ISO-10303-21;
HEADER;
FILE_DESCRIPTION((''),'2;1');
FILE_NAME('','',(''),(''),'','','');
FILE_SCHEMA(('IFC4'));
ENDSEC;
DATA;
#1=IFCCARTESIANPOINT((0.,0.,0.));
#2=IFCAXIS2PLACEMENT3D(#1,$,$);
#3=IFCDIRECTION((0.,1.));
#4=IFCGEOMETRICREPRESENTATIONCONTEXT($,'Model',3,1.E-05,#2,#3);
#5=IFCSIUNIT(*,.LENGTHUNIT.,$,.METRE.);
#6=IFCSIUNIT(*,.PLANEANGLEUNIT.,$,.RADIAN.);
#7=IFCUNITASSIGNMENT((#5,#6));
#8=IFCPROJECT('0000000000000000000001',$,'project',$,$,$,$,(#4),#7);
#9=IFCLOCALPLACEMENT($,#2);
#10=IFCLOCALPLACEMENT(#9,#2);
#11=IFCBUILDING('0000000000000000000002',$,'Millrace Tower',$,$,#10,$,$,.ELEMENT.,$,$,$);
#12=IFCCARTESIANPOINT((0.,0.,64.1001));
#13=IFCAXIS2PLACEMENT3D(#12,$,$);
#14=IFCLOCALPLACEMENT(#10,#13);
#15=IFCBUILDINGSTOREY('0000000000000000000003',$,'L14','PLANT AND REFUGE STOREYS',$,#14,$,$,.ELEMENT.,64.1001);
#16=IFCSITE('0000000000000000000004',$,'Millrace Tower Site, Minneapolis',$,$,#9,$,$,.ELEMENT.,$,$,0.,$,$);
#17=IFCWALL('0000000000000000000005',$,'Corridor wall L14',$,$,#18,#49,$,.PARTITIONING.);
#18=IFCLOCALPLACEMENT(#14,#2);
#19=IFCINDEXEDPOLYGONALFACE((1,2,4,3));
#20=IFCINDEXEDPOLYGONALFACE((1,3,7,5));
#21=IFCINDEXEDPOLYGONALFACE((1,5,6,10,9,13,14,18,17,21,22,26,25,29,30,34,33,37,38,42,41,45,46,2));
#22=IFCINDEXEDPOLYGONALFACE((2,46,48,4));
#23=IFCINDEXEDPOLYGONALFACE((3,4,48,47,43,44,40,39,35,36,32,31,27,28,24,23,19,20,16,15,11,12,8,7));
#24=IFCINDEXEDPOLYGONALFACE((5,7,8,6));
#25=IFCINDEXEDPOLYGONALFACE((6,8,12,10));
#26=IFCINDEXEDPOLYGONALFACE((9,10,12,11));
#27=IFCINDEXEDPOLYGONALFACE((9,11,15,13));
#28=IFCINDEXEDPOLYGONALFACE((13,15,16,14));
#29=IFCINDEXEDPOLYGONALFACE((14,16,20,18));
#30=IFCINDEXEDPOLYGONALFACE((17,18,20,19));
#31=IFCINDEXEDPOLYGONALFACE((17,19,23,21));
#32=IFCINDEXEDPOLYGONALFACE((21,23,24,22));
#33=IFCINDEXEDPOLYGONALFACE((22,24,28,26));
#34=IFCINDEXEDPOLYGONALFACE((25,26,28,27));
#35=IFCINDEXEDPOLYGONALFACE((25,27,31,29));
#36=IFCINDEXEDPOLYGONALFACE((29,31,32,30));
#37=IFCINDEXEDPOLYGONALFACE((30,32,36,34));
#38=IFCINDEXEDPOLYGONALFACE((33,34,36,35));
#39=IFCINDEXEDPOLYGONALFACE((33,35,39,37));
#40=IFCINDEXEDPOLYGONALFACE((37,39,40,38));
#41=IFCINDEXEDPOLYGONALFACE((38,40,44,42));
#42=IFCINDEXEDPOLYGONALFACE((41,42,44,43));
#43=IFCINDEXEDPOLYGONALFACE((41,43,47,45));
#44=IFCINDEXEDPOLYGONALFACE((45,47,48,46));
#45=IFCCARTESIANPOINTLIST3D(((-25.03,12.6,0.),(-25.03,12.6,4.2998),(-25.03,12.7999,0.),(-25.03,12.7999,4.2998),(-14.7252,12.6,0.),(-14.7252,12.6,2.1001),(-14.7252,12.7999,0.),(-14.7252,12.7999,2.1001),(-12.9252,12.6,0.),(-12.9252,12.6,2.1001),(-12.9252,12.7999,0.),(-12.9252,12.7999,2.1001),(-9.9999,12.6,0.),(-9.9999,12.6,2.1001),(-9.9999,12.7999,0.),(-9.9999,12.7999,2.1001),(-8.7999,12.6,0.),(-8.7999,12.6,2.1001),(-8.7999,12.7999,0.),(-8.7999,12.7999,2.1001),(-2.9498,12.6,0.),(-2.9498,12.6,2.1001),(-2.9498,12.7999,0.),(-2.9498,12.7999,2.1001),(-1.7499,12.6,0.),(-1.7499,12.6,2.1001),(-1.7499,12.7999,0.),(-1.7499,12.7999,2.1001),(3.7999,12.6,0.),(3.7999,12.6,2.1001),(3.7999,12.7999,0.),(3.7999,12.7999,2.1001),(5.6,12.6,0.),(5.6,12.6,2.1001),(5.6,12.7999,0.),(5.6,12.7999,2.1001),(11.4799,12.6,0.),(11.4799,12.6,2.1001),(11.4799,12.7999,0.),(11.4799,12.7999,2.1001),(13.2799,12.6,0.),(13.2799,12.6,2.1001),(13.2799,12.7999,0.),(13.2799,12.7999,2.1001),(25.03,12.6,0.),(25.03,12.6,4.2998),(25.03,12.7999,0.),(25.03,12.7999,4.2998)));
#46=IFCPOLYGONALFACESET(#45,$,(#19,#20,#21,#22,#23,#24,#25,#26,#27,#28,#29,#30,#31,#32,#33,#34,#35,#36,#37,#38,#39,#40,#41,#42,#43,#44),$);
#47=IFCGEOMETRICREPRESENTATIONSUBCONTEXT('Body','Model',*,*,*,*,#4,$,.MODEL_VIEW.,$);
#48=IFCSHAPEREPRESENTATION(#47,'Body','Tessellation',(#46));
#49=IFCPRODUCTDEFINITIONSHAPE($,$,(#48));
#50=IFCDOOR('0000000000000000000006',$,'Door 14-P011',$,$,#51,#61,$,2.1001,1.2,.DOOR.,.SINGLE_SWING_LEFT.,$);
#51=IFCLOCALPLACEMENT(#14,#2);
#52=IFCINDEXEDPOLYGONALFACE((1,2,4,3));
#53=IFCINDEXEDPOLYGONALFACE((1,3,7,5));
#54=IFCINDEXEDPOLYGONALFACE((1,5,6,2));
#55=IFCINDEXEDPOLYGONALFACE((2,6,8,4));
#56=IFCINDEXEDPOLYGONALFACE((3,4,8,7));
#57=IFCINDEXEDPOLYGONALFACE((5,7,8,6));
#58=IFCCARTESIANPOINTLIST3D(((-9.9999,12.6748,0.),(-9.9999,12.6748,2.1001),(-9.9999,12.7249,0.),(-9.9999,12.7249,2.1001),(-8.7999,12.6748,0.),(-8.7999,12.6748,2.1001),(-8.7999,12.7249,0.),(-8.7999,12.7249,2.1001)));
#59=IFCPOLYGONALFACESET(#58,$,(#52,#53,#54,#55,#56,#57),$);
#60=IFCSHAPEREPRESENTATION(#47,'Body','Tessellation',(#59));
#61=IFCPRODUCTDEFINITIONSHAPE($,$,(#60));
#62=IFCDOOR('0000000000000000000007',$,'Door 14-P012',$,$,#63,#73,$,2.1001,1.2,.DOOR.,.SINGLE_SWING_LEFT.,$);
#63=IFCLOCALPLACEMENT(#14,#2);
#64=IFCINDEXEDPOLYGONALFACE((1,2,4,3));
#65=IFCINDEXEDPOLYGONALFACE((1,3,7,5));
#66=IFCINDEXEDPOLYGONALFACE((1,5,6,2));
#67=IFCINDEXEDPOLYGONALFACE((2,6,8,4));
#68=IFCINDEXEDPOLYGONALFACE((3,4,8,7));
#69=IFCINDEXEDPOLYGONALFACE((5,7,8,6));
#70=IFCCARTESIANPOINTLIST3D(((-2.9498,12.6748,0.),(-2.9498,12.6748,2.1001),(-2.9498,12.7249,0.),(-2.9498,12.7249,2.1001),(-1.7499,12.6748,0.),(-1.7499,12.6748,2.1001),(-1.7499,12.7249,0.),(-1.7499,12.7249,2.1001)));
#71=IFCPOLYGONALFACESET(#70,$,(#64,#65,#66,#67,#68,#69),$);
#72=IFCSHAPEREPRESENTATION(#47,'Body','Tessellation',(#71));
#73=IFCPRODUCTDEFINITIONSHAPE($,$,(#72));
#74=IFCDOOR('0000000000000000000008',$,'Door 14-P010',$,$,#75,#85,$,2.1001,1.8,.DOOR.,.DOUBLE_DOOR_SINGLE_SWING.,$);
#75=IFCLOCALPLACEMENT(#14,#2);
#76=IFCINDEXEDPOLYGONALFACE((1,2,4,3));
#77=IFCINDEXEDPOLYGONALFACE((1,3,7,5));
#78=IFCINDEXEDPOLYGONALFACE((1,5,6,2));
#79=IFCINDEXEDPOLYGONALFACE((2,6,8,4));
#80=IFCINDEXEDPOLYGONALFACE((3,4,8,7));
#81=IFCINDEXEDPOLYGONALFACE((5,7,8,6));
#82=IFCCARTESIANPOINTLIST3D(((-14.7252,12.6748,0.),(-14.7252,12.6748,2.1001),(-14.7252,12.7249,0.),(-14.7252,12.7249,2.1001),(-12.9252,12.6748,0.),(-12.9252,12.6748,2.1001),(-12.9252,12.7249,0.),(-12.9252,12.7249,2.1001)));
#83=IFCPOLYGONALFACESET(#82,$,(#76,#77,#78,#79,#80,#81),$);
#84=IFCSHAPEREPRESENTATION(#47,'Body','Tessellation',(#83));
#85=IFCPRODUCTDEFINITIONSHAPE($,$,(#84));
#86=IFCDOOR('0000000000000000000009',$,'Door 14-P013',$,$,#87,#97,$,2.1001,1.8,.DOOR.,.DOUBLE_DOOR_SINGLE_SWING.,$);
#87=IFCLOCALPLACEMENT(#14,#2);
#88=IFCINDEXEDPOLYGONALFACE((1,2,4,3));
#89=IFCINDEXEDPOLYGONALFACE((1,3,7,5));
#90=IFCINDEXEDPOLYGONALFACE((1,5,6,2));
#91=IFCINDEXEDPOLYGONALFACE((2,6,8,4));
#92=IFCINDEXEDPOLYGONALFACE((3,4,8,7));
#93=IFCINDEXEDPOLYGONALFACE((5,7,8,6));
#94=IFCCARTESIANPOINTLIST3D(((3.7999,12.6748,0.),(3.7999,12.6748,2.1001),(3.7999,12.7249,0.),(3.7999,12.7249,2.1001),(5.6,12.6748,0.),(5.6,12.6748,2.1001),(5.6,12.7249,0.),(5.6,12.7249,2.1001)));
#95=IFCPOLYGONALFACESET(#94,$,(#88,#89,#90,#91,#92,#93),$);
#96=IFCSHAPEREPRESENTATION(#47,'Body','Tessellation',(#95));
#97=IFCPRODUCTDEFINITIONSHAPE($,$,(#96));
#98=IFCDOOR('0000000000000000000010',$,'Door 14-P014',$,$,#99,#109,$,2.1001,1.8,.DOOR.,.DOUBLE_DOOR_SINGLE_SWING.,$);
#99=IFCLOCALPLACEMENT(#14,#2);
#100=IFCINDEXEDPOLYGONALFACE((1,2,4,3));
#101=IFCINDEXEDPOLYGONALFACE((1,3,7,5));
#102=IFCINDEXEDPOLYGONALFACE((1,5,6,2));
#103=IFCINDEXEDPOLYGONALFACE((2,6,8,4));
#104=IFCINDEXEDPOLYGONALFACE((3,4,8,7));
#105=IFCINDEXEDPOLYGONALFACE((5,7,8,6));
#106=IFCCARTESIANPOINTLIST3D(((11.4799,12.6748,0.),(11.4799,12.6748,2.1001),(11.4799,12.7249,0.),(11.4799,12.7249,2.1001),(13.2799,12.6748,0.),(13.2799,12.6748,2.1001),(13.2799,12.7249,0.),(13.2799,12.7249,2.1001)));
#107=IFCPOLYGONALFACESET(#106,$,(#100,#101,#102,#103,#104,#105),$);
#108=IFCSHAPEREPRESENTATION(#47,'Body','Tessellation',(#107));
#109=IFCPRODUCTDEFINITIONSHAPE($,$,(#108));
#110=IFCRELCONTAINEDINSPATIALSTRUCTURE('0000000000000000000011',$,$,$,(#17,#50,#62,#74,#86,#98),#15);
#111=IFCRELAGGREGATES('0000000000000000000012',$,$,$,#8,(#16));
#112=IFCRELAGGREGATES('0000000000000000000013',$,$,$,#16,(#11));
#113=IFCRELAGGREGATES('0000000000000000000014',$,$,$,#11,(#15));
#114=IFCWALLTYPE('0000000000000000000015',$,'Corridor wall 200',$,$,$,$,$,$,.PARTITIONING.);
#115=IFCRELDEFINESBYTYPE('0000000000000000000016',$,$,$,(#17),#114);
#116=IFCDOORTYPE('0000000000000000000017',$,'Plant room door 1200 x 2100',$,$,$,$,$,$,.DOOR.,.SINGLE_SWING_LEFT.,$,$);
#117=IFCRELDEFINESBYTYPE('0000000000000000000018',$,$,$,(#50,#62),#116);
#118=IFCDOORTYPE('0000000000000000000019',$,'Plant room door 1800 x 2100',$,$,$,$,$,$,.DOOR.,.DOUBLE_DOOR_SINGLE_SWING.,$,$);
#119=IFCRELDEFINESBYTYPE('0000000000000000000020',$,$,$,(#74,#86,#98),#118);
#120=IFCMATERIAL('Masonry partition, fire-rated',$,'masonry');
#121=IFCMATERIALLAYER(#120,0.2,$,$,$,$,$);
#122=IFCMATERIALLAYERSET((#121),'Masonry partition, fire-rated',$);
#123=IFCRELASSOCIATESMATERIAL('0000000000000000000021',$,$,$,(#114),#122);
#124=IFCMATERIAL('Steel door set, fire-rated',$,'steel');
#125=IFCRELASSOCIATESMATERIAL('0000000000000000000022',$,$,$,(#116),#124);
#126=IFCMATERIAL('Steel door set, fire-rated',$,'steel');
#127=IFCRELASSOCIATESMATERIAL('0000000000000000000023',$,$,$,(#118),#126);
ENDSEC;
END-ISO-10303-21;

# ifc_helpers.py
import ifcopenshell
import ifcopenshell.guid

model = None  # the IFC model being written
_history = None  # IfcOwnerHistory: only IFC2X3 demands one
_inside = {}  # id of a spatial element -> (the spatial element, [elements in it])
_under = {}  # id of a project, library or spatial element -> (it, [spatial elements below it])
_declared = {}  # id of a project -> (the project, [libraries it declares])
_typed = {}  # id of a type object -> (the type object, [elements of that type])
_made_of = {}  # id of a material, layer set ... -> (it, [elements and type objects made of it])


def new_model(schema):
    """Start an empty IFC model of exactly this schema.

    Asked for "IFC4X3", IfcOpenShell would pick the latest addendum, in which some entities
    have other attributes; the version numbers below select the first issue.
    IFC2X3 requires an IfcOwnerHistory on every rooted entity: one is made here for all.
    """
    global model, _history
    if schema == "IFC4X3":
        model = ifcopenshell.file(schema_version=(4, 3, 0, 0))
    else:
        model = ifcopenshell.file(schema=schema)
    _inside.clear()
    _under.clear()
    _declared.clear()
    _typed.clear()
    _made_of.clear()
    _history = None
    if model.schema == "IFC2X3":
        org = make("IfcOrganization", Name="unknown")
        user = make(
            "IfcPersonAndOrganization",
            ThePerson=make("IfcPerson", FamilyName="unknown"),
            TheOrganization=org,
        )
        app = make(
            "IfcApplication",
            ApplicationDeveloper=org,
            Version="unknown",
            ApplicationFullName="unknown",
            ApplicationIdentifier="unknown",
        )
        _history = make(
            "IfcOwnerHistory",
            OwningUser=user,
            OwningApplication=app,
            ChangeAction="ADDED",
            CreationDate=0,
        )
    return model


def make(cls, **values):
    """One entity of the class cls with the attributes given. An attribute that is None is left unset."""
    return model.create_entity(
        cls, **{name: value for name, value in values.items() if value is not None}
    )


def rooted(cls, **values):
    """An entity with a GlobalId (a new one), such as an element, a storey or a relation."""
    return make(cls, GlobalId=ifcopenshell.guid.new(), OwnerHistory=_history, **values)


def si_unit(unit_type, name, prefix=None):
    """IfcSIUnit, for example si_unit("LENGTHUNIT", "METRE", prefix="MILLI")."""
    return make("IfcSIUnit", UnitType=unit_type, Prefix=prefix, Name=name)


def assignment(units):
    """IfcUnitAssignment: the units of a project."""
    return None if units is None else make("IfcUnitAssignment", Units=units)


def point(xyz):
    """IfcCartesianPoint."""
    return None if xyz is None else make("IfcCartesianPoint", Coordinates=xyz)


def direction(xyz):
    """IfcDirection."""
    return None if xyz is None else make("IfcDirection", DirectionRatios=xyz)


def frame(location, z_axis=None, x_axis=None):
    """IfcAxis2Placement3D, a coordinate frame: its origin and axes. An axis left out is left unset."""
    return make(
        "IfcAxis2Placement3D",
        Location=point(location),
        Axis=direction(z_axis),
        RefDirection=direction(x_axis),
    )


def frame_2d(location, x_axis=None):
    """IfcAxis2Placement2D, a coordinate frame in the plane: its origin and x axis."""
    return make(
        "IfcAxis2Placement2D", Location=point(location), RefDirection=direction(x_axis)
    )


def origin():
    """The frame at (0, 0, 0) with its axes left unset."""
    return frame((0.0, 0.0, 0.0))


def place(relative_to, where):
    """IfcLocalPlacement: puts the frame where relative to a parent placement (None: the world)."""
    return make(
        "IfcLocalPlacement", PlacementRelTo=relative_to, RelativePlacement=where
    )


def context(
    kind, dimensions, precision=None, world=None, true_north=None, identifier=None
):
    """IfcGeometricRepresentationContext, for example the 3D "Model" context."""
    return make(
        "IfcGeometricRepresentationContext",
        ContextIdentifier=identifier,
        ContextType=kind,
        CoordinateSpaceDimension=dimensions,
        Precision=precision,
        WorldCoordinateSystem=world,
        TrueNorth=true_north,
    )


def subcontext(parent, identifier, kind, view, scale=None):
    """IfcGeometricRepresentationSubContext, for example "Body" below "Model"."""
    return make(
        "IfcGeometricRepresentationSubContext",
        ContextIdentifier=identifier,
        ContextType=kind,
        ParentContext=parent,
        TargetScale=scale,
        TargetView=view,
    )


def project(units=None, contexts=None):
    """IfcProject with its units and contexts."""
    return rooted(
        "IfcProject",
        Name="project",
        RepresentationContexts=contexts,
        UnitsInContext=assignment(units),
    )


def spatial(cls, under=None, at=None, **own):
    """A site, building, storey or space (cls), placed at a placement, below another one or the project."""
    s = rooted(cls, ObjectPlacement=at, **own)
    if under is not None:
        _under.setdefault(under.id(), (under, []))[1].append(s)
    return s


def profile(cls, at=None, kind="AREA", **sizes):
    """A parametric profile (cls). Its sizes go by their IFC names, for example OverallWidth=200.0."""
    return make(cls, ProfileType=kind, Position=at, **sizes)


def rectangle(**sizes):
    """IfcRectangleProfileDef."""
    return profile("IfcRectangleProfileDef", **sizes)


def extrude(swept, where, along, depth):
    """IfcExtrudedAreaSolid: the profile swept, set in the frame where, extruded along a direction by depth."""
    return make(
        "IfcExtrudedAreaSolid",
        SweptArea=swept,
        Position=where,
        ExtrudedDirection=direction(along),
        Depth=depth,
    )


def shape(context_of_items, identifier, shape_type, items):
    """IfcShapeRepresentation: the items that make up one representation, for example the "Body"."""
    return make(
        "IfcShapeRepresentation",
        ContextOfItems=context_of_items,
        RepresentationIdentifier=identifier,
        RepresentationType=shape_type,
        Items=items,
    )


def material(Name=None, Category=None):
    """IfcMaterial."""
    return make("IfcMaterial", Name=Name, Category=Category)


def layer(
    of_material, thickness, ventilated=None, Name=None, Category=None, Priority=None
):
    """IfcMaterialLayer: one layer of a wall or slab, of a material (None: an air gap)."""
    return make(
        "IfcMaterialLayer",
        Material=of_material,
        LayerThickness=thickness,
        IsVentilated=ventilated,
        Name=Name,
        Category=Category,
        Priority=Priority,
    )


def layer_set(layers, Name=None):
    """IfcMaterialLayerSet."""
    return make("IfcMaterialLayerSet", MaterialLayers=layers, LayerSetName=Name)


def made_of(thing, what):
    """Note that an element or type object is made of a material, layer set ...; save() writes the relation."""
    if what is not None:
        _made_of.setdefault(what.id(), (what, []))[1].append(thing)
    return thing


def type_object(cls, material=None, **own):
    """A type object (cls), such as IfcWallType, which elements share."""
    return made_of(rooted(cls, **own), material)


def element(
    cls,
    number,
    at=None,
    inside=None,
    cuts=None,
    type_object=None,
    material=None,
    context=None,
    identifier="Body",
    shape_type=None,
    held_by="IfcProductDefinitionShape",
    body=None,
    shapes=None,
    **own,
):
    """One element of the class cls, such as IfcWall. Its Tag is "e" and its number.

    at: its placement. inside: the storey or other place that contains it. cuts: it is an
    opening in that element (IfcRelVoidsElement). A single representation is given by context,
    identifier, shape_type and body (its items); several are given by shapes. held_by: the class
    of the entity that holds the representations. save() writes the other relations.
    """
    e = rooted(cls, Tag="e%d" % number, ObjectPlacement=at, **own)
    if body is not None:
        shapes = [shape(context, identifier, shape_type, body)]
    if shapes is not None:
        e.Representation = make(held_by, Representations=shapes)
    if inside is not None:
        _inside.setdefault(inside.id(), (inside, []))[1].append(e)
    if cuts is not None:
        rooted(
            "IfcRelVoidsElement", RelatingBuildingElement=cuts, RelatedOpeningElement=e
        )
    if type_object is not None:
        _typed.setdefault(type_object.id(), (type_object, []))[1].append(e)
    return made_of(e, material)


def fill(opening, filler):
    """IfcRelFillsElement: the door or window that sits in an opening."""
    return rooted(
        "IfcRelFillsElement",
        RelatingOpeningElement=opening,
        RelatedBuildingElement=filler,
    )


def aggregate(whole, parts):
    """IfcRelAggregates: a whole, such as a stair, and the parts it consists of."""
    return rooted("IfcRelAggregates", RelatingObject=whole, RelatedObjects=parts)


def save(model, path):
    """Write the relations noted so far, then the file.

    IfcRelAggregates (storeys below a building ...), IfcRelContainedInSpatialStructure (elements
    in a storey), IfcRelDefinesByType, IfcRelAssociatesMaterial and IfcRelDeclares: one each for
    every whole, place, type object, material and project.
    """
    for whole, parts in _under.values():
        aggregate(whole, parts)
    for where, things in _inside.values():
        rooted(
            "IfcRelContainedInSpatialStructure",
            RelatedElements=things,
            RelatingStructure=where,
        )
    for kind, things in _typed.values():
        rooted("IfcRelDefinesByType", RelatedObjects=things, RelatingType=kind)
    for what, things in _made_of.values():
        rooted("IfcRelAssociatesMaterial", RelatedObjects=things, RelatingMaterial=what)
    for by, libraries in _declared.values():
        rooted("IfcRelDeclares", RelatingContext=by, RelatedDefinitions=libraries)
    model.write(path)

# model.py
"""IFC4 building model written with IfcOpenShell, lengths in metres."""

from ifc_helpers import new_model, si_unit, direction, frame, frame_2d, origin, place, context, subcontext, project, spatial, rectangle, extrude, material, layer, layer_set, type_object, element, fill, save


model = new_model("IFC4")

# Units and contexts
model_context = context("Model", 3, precision=1e-05, world=origin(), true_north=direction((0.0, 1.0)))
body_context = subcontext(model_context, "Body", "Model", "MODEL_VIEW")
ifc_project = project(units=[si_unit("LENGTHUNIT", "METRE"), si_unit("PLANEANGLEUNIT", "RADIAN")], contexts=[model_context])

# Site, building, storey
site_placement = place(None, origin())
site = spatial("IfcSite", under=ifc_project, at=site_placement, Name="Millrace Tower Site, Minneapolis", CompositionType="ELEMENT", RefElevation=0.0)
building_placement = place(site_placement, origin())
building = spatial("IfcBuilding", under=site, at=building_placement, Name="Millrace Tower", CompositionType="ELEMENT")
storey_placement = place(building_placement, frame((0.0, 0.0, 64.1001)))
storey = spatial("IfcBuildingStorey", under=building, at=storey_placement, Name="L14", Description="PLANT AND REFUGE STOREYS", CompositionType="ELEMENT", Elevation=64.1001)

# Wall, openings, doors
ifc_material_1 = material(Name="Masonry partition, fire-rated", Category="masonry")
ifc_layer_1 = layer(ifc_material_1, 0.2)
ifc_layer_set_1 = layer_set([ifc_layer_1], Name="Masonry partition, fire-rated")
wall_type = type_object("IfcWallType", Name="Corridor wall 200", PredefinedType="PARTITIONING", material=ifc_layer_set_1)
wall_placement = place(storey_placement, frame((-25.03, 12.7, 0.0), z_axis=(0.0, 0.0, 1.0), x_axis=(1.0, 0.0, 0.0)))
wall = element("IfcWall", 1, at=wall_placement, inside=storey, type_object=wall_type, Name="Corridor wall L14", PredefinedType="PARTITIONING", context=body_context, shape_type="SweptSolid", body=[
    extrude(rectangle(XDim=50.0601, YDim=0.2, at=frame_2d((25.03, 0.0))), origin(), (0.0, 0.0, 1.0), 4.2998),
])
opening_1_placement = place(wall_placement, frame((10.3049, 0.0, 0.0)))
opening_1 = element("IfcOpeningElement", 2, at=opening_1_placement, cuts=wall, PredefinedType="OPENING", context=body_context, shape_type="SweptSolid", body=[
    extrude(rectangle(XDim=1.8, YDim=2.1001, at=frame_2d((0.8999, 1.05))), frame((0.0, 0.1099, 0.0), z_axis=(0.0, -1.0, 0.0), x_axis=(1.0, 0.0, 0.0)), (0.0, 0.0, 1.0), 0.22),
])
opening_2_placement = place(wall_placement, frame((15.03, 0.0, 0.0)))
opening_2 = element("IfcOpeningElement", 3, at=opening_2_placement, cuts=wall, PredefinedType="OPENING", context=body_context, shape_type="SweptSolid", body=[
    extrude(rectangle(XDim=1.2, YDim=2.1001, at=frame_2d((0.6001, 1.05))), frame((0.0, 0.1099, 0.0), z_axis=(0.0, -1.0, 0.0), x_axis=(1.0, 0.0, 0.0)), (0.0, 0.0, 1.0), 0.22),
])
opening_3_placement = place(wall_placement, frame((22.0801, 0.0, 0.0)))
opening_3 = element("IfcOpeningElement", 4, at=opening_3_placement, cuts=wall, PredefinedType="OPENING", context=body_context, shape_type="SweptSolid", body=[
    extrude(rectangle(XDim=1.2, YDim=2.1001, at=frame_2d((0.6001, 1.05))), frame((0.0, 0.1099, 0.0), z_axis=(0.0, -1.0, 0.0), x_axis=(1.0, 0.0, 0.0)), (0.0, 0.0, 1.0), 0.22),
])
opening_4_placement = place(wall_placement, frame((28.8301, 0.0, 0.0)))
opening_4 = element("IfcOpeningElement", 5, at=opening_4_placement, cuts=wall, PredefinedType="OPENING", context=body_context, shape_type="SweptSolid", body=[
    extrude(rectangle(XDim=1.8, YDim=2.1001, at=frame_2d((0.8999, 1.05))), frame((0.0, 0.1099, 0.0), z_axis=(0.0, -1.0, 0.0), x_axis=(1.0, 0.0, 0.0)), (0.0, 0.0, 1.0), 0.22),
])
opening_5_placement = place(wall_placement, frame((36.51, 0.0, 0.0)))
opening_5 = element("IfcOpeningElement", 6, at=opening_5_placement, cuts=wall, PredefinedType="OPENING", context=body_context, shape_type="SweptSolid", body=[
    extrude(rectangle(XDim=1.8, YDim=2.1001, at=frame_2d((0.8999, 1.05))), frame((0.0, 0.1099, 0.0), z_axis=(0.0, -1.0, 0.0), x_axis=(1.0, 0.0, 0.0)), (0.0, 0.0, 1.0), 0.22),
])
ifc_material_2 = material(Name="Steel door set, fire-rated", Category="steel")
door_type_1 = type_object("IfcDoorType", Name="Plant room door 1200 x 2100", OperationType="SINGLE_SWING_LEFT", PredefinedType="DOOR", material=ifc_material_2)
door_1_placement = place(opening_2_placement, origin())
door_1 = element("IfcDoor", 7, at=door_1_placement, inside=storey, type_object=door_type_1, Name="Door 14-P011", OperationType="SINGLE_SWING_LEFT", OverallHeight=2.1001, OverallWidth=1.2, PredefinedType="DOOR", context=body_context, shape_type="SweptSolid", body=[
    extrude(rectangle(XDim=1.2, YDim=2.1001, at=frame_2d((0.6001, 1.05))), frame((0.0, 0.0249, 0.0), z_axis=(0.0, -1.0, 0.0), x_axis=(1.0, 0.0, 0.0)), (0.0, 0.0, 1.0), 0.05),
])
fill(opening_2, door_1)
door_2_placement = place(opening_3_placement, origin())
door_2 = element("IfcDoor", 8, at=door_2_placement, inside=storey, type_object=door_type_1, Name="Door 14-P012", OperationType="SINGLE_SWING_LEFT", OverallHeight=2.1001, OverallWidth=1.2, PredefinedType="DOOR", context=body_context, shape_type="SweptSolid", body=[
    extrude(rectangle(XDim=1.2, YDim=2.1001, at=frame_2d((0.6001, 1.05))), frame((0.0, 0.0249, 0.0), z_axis=(0.0, -1.0, 0.0), x_axis=(1.0, 0.0, 0.0)), (0.0, 0.0, 1.0), 0.05),
])
fill(opening_3, door_2)
ifc_material_3 = material(Name="Steel door set, fire-rated", Category="steel")
door_type_2 = type_object("IfcDoorType", Name="Plant room door 1800 x 2100", OperationType="DOUBLE_DOOR_SINGLE_SWING", PredefinedType="DOOR", material=ifc_material_3)
door_3_placement = place(opening_1_placement, origin())
door_3 = element("IfcDoor", 9, at=door_3_placement, inside=storey, type_object=door_type_2, Name="Door 14-P010", OperationType="DOUBLE_DOOR_SINGLE_SWING", OverallHeight=2.1001, OverallWidth=1.8, PredefinedType="DOOR", context=body_context, shape_type="SweptSolid", body=[
    extrude(rectangle(XDim=1.8, YDim=2.1001, at=frame_2d((0.8999, 1.05))), frame((0.0, 0.0249, 0.0), z_axis=(0.0, -1.0, 0.0), x_axis=(1.0, 0.0, 0.0)), (0.0, 0.0, 1.0), 0.05),
])
fill(opening_1, door_3)
door_4_placement = place(opening_4_placement, origin())
door_4 = element("IfcDoor", 10, at=door_4_placement, inside=storey, type_object=door_type_2, Name="Door 14-P013", OperationType="DOUBLE_DOOR_SINGLE_SWING", OverallHeight=2.1001, OverallWidth=1.8, PredefinedType="DOOR", context=body_context, shape_type="SweptSolid", body=[
    extrude(rectangle(XDim=1.8, YDim=2.1001, at=frame_2d((0.8999, 1.05))), frame((0.0, 0.0249, 0.0), z_axis=(0.0, -1.0, 0.0), x_axis=(1.0, 0.0, 0.0)), (0.0, 0.0, 1.0), 0.05),
])
fill(opening_4, door_4)
door_5_placement = place(opening_5_placement, origin())
door_5 = element("IfcDoor", 11, at=door_5_placement, inside=storey, type_object=door_type_2, Name="Door 14-P014", OperationType="DOUBLE_DOOR_SINGLE_SWING", OverallHeight=2.1001, OverallWidth=1.8, PredefinedType="DOOR", context=body_context, shape_type="SweptSolid", body=[
    extrude(rectangle(XDim=1.8, YDim=2.1001, at=frame_2d((0.8999, 1.05))), frame((0.0, 0.0249, 0.0), z_axis=(0.0, -1.0, 0.0), x_axis=(1.0, 0.0, 0.0)), (0.0, 0.0, 1.0), 0.05),
])
fill(opening_5, door_5)

save(model, "model.ifc")
